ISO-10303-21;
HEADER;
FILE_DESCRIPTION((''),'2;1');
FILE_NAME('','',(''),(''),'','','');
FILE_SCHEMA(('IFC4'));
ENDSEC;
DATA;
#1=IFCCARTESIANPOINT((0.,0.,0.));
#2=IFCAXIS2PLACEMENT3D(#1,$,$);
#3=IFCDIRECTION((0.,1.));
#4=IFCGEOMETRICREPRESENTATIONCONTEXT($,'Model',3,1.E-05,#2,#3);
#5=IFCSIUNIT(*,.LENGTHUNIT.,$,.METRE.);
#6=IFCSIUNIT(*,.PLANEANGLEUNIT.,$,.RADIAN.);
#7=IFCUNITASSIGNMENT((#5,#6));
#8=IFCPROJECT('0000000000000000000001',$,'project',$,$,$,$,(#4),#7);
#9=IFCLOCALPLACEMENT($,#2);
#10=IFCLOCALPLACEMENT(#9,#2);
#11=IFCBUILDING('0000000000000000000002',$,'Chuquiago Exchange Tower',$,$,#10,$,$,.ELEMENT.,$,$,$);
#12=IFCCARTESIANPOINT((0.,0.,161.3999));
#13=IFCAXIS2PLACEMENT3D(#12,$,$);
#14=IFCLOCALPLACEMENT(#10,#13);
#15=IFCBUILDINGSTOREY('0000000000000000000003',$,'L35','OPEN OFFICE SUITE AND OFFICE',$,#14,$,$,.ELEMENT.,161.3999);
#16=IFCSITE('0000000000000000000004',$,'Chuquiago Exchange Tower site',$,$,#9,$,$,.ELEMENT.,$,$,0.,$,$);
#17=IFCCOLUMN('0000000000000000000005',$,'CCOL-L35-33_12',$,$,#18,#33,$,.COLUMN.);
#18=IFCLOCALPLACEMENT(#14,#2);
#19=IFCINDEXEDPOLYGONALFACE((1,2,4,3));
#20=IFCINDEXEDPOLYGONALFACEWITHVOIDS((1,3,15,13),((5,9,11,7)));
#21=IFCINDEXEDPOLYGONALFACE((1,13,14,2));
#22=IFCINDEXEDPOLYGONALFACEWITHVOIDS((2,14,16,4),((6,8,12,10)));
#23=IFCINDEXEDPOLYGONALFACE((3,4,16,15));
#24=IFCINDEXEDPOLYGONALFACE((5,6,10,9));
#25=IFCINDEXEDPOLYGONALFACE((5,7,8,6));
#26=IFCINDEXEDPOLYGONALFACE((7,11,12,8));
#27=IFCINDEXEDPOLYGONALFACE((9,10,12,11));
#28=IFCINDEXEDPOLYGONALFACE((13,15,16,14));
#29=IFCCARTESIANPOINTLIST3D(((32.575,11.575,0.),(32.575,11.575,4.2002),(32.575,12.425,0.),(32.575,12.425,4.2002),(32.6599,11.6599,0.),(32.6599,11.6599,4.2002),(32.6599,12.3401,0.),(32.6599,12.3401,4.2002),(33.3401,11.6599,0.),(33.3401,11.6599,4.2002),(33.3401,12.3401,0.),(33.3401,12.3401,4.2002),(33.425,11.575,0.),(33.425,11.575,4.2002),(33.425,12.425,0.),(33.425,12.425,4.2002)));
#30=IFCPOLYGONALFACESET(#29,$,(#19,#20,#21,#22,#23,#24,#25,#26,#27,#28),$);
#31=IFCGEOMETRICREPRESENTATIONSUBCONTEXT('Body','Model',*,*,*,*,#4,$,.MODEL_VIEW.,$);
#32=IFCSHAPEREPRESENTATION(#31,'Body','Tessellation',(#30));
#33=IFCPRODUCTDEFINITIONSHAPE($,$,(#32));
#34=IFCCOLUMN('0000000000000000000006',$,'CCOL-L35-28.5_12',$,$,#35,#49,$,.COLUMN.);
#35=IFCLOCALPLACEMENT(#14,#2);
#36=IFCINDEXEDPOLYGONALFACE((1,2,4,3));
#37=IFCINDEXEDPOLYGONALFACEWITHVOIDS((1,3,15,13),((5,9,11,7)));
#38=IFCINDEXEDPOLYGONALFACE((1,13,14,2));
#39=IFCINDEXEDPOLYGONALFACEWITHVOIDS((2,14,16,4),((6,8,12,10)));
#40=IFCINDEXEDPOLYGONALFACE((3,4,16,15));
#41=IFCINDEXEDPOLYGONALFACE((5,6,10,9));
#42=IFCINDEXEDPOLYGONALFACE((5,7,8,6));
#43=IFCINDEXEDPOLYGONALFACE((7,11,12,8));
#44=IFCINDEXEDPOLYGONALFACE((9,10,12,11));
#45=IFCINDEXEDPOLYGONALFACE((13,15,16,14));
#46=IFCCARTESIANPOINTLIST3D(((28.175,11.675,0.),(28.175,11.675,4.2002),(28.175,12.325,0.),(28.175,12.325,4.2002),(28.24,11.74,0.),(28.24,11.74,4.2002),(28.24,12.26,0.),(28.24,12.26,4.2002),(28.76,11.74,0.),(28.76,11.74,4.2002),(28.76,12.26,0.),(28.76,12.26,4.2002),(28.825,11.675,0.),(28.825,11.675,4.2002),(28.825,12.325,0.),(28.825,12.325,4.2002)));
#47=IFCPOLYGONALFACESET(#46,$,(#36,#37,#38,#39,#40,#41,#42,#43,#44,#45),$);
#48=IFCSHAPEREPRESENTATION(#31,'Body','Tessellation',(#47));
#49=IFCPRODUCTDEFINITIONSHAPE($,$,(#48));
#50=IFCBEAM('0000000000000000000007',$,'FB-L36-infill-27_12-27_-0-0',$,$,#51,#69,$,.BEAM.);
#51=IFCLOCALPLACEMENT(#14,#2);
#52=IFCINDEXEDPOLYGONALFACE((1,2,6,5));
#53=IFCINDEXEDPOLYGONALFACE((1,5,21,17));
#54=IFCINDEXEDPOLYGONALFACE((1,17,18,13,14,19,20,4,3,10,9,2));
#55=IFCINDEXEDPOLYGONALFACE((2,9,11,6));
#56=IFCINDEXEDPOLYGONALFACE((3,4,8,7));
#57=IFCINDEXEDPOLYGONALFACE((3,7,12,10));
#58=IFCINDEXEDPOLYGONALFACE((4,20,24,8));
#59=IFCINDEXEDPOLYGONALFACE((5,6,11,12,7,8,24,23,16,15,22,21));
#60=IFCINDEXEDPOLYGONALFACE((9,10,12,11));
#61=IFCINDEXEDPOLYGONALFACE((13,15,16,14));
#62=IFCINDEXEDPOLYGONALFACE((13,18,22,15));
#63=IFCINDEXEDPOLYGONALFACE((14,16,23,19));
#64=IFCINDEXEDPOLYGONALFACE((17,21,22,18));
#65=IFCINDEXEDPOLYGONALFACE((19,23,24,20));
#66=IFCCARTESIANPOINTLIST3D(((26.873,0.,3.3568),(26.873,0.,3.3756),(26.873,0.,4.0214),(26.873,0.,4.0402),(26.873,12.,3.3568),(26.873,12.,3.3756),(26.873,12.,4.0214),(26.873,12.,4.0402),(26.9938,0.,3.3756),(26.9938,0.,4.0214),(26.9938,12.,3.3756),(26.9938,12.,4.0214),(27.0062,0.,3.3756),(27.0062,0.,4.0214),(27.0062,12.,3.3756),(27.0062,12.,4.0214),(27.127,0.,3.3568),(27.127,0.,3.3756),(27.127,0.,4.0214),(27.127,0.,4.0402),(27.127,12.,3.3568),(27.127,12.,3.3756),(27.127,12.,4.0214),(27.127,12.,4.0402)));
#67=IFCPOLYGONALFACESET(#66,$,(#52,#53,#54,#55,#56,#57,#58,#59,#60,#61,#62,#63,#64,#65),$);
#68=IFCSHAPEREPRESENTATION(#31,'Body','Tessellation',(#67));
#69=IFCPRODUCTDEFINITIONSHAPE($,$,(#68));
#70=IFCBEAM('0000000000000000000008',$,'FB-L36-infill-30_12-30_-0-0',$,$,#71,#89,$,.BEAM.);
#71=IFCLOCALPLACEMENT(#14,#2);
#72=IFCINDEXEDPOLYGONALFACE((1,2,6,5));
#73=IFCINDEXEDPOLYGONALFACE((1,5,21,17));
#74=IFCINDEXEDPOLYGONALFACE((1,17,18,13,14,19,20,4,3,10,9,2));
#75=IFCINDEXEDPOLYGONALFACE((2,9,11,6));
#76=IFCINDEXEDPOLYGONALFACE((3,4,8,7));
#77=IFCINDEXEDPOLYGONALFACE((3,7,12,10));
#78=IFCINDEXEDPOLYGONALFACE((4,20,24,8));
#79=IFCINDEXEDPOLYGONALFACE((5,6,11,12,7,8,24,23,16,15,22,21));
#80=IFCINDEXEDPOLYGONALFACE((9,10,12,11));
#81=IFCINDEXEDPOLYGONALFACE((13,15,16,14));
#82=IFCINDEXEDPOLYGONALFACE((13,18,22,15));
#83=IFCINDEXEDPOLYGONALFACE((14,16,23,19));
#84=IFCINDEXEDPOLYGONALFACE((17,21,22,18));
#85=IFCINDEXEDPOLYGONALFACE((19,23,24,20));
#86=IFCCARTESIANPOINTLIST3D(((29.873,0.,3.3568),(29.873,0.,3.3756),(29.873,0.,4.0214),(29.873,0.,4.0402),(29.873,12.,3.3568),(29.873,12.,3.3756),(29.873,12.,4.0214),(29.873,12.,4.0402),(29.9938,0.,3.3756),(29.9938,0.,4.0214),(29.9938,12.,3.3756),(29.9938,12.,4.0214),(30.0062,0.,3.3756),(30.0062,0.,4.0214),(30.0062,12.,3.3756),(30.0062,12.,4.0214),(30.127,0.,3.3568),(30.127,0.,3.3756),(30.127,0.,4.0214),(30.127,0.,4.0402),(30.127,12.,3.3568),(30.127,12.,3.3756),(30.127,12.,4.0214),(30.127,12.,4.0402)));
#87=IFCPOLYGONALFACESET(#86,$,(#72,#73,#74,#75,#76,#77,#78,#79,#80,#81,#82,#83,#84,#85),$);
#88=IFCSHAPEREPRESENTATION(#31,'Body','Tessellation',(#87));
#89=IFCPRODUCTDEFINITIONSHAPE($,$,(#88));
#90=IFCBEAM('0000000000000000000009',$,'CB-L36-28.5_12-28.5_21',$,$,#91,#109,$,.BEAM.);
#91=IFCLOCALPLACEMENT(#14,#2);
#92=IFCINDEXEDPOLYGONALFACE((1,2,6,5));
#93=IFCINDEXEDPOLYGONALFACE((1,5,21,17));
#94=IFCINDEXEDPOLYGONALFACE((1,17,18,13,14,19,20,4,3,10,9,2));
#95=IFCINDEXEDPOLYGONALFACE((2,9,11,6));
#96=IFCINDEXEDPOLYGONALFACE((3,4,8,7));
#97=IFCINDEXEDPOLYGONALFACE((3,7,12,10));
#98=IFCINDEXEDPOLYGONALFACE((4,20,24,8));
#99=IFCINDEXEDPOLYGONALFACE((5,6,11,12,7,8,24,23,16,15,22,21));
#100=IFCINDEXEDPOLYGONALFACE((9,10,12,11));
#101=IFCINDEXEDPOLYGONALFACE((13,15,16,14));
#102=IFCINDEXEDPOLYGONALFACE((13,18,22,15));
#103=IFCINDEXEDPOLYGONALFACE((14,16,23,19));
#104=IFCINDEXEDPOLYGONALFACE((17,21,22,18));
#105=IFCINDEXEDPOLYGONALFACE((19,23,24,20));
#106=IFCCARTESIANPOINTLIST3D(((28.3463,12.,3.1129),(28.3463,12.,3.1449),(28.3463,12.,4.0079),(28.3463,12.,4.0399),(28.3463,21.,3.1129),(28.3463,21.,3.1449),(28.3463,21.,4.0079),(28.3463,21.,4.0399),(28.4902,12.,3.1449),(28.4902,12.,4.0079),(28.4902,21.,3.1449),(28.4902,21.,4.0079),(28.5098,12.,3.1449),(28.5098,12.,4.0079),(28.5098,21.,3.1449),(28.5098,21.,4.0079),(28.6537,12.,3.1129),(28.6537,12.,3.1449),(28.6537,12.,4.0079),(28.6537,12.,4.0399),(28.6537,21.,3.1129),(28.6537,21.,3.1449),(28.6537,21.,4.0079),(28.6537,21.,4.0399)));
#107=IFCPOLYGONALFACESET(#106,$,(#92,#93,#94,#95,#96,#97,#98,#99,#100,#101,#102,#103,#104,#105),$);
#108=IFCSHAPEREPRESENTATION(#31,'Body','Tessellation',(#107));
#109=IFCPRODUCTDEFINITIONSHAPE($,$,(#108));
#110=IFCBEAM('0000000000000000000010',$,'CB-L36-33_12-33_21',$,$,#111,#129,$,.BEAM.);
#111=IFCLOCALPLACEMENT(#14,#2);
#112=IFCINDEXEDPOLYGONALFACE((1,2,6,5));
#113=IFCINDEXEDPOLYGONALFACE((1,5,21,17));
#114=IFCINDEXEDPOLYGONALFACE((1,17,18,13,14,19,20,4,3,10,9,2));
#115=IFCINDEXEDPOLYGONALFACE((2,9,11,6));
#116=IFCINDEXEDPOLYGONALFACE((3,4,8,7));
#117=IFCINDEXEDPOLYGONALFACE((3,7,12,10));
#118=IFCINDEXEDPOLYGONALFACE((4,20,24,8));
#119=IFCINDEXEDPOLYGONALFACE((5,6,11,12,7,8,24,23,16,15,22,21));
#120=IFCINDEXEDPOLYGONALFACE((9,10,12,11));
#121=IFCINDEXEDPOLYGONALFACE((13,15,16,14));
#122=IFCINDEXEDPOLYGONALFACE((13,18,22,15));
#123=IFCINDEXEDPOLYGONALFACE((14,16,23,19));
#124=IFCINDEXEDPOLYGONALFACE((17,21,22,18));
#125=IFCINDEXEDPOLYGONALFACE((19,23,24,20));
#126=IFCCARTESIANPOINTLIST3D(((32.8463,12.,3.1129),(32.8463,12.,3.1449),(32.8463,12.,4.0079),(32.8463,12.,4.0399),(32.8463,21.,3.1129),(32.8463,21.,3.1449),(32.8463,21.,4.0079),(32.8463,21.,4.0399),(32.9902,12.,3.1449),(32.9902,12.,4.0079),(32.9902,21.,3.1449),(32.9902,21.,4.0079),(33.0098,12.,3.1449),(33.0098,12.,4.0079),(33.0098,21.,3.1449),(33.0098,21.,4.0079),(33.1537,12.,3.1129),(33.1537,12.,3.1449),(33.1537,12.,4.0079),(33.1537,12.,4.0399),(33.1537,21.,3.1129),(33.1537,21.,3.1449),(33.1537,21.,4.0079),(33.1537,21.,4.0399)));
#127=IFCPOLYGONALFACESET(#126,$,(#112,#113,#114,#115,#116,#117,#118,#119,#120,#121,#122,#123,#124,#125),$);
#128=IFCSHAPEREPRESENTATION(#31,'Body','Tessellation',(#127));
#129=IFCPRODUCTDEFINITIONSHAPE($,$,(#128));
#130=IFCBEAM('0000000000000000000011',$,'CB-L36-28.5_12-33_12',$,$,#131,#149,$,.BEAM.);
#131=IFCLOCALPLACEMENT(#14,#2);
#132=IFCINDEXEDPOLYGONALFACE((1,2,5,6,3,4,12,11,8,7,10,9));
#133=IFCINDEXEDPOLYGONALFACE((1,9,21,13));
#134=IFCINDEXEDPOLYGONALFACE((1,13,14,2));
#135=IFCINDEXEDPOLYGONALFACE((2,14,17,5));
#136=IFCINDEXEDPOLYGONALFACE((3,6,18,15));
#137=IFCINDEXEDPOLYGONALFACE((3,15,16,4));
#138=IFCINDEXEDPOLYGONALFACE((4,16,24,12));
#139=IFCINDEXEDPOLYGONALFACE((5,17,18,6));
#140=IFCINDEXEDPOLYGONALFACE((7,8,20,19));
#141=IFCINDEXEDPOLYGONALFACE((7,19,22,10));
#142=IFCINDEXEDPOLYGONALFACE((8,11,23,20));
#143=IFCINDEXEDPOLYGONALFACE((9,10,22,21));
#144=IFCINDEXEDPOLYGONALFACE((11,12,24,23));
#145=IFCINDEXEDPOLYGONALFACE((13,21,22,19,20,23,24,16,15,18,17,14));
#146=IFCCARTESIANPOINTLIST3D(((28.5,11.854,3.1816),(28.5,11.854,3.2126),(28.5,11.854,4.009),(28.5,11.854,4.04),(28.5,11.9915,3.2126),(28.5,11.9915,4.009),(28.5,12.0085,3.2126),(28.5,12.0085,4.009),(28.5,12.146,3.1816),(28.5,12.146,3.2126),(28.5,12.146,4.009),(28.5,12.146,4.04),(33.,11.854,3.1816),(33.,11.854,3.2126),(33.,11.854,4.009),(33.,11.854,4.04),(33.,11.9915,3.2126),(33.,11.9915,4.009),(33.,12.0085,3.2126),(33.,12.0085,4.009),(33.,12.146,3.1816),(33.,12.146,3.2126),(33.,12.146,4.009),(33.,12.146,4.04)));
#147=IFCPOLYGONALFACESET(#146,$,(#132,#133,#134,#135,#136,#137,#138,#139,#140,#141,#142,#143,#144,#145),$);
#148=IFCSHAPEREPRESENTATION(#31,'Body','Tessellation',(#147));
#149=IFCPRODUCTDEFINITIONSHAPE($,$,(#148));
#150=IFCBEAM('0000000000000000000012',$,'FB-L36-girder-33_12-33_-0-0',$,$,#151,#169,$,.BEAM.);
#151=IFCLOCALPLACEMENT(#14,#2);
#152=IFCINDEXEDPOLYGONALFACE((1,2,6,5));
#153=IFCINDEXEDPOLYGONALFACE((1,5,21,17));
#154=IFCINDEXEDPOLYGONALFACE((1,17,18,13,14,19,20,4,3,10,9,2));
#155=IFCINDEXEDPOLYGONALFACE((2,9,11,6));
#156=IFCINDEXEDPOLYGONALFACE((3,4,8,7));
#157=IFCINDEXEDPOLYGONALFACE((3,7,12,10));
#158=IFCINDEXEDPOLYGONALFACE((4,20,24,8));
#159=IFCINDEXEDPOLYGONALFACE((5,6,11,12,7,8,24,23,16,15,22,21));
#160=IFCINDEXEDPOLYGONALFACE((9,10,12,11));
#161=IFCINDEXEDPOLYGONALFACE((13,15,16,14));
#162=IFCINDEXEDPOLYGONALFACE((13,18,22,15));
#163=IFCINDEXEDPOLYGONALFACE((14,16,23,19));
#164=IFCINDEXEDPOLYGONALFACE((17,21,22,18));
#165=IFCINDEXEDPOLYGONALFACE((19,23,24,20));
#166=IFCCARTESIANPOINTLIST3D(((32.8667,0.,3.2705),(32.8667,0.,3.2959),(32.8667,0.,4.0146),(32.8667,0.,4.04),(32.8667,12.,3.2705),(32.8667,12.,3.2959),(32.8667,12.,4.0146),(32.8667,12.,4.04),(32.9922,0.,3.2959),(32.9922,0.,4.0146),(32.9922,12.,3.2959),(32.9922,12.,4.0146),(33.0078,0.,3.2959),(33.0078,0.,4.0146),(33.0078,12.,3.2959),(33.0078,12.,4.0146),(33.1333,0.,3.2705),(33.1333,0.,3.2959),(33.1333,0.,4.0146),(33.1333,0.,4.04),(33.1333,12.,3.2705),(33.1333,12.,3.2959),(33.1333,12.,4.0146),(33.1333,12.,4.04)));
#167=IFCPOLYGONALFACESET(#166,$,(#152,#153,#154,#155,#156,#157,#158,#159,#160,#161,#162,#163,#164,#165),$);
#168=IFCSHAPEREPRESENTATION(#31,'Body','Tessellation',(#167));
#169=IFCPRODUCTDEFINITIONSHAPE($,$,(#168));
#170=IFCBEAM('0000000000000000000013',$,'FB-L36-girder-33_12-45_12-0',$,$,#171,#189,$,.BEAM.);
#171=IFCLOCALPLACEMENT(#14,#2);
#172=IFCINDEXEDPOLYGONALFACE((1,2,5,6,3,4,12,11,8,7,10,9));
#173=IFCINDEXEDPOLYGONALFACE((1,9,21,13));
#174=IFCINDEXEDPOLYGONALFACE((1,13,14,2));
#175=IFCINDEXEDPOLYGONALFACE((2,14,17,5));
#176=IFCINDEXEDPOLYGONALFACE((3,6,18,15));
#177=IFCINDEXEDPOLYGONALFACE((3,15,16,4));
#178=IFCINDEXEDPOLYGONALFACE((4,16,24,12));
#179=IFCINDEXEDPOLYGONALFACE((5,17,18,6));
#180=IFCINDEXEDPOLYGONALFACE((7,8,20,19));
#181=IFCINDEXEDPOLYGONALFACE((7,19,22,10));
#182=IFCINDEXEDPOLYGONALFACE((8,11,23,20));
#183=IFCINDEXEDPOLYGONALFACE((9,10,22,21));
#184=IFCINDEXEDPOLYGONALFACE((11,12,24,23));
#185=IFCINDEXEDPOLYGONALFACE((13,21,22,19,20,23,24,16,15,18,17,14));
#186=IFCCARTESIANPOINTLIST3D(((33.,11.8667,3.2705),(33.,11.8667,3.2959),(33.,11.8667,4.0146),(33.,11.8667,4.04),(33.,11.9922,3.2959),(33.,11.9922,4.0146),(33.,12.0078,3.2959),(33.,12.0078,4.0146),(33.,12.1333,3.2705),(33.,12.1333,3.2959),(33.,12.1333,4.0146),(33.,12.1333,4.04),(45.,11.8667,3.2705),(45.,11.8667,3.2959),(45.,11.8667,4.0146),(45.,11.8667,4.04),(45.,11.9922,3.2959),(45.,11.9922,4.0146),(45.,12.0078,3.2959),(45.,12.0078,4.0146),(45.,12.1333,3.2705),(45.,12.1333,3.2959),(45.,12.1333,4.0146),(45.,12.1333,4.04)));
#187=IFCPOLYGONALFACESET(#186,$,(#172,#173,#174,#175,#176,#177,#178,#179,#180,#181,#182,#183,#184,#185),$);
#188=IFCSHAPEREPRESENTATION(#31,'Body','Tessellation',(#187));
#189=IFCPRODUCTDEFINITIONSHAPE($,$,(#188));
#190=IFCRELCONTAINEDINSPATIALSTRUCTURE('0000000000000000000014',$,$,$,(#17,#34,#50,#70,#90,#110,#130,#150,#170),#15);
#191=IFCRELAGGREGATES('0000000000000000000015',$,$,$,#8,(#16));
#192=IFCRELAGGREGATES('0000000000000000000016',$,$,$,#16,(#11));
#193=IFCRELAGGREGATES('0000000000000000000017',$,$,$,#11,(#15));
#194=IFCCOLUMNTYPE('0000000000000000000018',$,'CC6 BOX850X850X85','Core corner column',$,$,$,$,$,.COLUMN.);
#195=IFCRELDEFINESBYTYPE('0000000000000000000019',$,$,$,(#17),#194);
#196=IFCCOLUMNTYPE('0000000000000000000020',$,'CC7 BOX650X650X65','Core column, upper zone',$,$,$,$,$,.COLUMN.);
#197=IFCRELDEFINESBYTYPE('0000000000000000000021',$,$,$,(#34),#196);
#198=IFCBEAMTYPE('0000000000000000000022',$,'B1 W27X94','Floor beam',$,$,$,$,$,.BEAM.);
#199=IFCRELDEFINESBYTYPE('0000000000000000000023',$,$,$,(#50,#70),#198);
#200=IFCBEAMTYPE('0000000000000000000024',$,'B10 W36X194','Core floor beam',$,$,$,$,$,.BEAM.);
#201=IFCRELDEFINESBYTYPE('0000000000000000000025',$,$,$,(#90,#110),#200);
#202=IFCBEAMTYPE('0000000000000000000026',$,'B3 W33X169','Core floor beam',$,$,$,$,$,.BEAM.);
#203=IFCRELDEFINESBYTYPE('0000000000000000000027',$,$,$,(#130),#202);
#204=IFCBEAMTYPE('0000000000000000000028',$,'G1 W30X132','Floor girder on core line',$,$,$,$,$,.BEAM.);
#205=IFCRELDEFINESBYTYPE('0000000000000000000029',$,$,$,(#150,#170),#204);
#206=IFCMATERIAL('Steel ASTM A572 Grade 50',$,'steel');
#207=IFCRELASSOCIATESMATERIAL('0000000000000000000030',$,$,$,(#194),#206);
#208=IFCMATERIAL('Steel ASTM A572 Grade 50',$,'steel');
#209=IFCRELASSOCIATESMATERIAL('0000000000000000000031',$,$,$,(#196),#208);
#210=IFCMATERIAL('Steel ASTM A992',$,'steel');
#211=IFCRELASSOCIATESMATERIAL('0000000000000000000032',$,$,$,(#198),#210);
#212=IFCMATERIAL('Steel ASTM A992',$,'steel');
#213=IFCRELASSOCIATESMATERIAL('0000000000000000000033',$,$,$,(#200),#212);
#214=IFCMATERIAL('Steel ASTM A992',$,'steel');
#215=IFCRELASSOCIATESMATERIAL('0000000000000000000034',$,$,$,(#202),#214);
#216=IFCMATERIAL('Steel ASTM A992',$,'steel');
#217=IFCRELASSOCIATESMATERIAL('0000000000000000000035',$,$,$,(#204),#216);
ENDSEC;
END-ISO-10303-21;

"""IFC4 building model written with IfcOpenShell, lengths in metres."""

from ifc_helpers import new_model, si_unit, direction, frame, origin, origin_2d, place, context, subcontext, project, spatial, hollow_rectangle, i_section, extrude, material, material_profile, profile_set, type_object, element, save


model = new_model("IFC4")

# Units and contexts
model_context = context("Model", 3, precision=1e-05, world=origin(), true_north=direction((0.0, 1.0)))
body_context = subcontext(model_context, "Body", "Model", "MODEL_VIEW")
ifc_project = project(units=[si_unit("LENGTHUNIT", "METRE"), si_unit("PLANEANGLEUNIT", "RADIAN")], contexts=[model_context])

# Site, building, storey
site_placement = place(None, origin())
site = spatial("IfcSite", under=ifc_project, at=site_placement, Name="Chuquiago Exchange Tower site", CompositionType="ELEMENT", RefElevation=0.0)
building_placement = place(site_placement, origin())
building = spatial("IfcBuilding", under=site, at=building_placement, Name="Chuquiago Exchange Tower", CompositionType="ELEMENT")
storey_placement = place(building_placement, frame((0.0, 0.0, 161.3999)))
storey = spatial("IfcBuildingStorey", under=building, at=storey_placement, Name="L35", Description="OPEN OFFICE SUITE AND OFFICE", CompositionType="ELEMENT", Elevation=161.3999)

# Columns
ifc_material_1 = material(Name="Steel ASTM A572 Grade 50", Category="steel")
ifc_material_profile_1 = material_profile(ifc_material_1, hollow_rectangle(XDim=0.8501, YDim=0.8501, WallThickness=0.085, at=origin_2d()), Name="BOX850X850X85")
ifc_profile_set_1 = profile_set([ifc_material_profile_1], Name="Steel ASTM A572 Grade 50")
column_type_1 = type_object("IfcColumnType", Name="CC6 BOX850X850X85", Description="Core corner column", PredefinedType="COLUMN", material=ifc_profile_set_1)
column_1_placement = place(storey_placement, frame((33.0, 12.0, 0.0), z_axis=(0.0, 0.0, 1.0), x_axis=(1.0, 0.0, 0.0)))
element("IfcColumn", 1, at=column_1_placement, inside=storey, type_object=column_type_1, Name="CCOL-L35-33_12", PredefinedType="COLUMN", context=body_context, shape_type="SweptSolid", body=[
    extrude(hollow_rectangle(XDim=0.8501, YDim=0.8501, WallThickness=0.085, at=origin_2d()), origin(), (0.0, 0.0, 1.0), 4.2002),
])
ifc_material_2 = material(Name="Steel ASTM A572 Grade 50", Category="steel")
ifc_material_profile_2 = material_profile(ifc_material_2, hollow_rectangle(XDim=0.6499, YDim=0.6499, WallThickness=0.0649, at=origin_2d()), Name="BOX650X650X65")
ifc_profile_set_2 = profile_set([ifc_material_profile_2], Name="Steel ASTM A572 Grade 50")
column_type_2 = type_object("IfcColumnType", Name="CC7 BOX650X650X65", Description="Core column, upper zone", PredefinedType="COLUMN", material=ifc_profile_set_2)
column_2_placement = place(storey_placement, frame((28.5, 12.0, 0.0), z_axis=(0.0, 0.0, 1.0), x_axis=(1.0, 0.0, 0.0)))
element("IfcColumn", 2, at=column_2_placement, inside=storey, type_object=column_type_2, Name="CCOL-L35-28.5_12", PredefinedType="COLUMN", context=body_context, shape_type="SweptSolid", body=[
    extrude(hollow_rectangle(XDim=0.6499, YDim=0.6499, WallThickness=0.0649, at=origin_2d()), origin(), (0.0, 0.0, 1.0), 4.2002),
])

# Beams
ifc_material_3 = material(Name="Steel ASTM A992", Category="steel")
ifc_material_profile_3 = material_profile(ifc_material_3, i_section(OverallWidth=0.2539, OverallDepth=0.6833, WebThickness=0.0125, FlangeThickness=0.0188, at=origin_2d()), Name="W27X94")
ifc_profile_set_3 = profile_set([ifc_material_profile_3], Name="Steel ASTM A992")
beam_type_1 = type_object("IfcBeamType", Name="B1 W27X94", Description="Floor beam", PredefinedType="BEAM", material=ifc_profile_set_3)
for number, where, z_axis, x_axis, name in (
    (3, (27.0, 12.0, 3.6985), (0.0, -1.0, 0.0), (1.0, 0.0, 0.0), "FB-L36-infill-27_12-27_-0-0"),
    (4, (30.0, 12.0, 3.6985), (0.0, -1.0, 0.0), (1.0, 0.0, 0.0), "FB-L36-infill-30_12-30_-0-0"),
):
    element("IfcBeam", number, at=place(storey_placement, frame(where, z_axis=z_axis, x_axis=x_axis)), inside=storey, type_object=beam_type_1, Name=name, PredefinedType="BEAM", context=body_context, shape_type="SweptSolid", body=[
        extrude(i_section(OverallWidth=0.2539, OverallDepth=0.6833, WebThickness=0.0125, FlangeThickness=0.0188, at=origin_2d()), origin(), (0.0, 0.0, 1.0), 12.0),
    ])
ifc_material_4 = material(Name="Steel ASTM A992", Category="steel")
ifc_material_profile_4 = material_profile(ifc_material_4, i_section(OverallWidth=0.3074, OverallDepth=0.927, WebThickness=0.0195, FlangeThickness=0.032, at=origin_2d()), Name="W36X194")
ifc_profile_set_4 = profile_set([ifc_material_profile_4], Name="Steel ASTM A992")
beam_type_2 = type_object("IfcBeamType", Name="B10 W36X194", Description="Core floor beam", PredefinedType="BEAM", material=ifc_profile_set_4)
for number, where, z_axis, x_axis, name in (
    (5, (28.5, 12.0, 3.5764), (0.0, 1.0, 0.0), (-1.0, 0.0, 0.0), "CB-L36-28.5_12-28.5_21"),
    (6, (33.0, 12.0, 3.5764), (0.0, 1.0, 0.0), (-1.0, 0.0, 0.0), "CB-L36-33_12-33_21"),
):
    element("IfcBeam", number, at=place(storey_placement, frame(where, z_axis=z_axis, x_axis=x_axis)), inside=storey, type_object=beam_type_2, Name=name, PredefinedType="BEAM", context=body_context, shape_type="SweptSolid", body=[
        extrude(i_section(OverallWidth=0.3074, OverallDepth=0.927, WebThickness=0.0195, FlangeThickness=0.032, at=origin_2d()), origin(), (0.0, 0.0, 1.0), 9.0),
    ])
ifc_material_5 = material(Name="Steel ASTM A992", Category="steel")
ifc_material_profile_5 = material_profile(ifc_material_5, i_section(OverallWidth=0.292, OverallDepth=0.8584, WebThickness=0.0171, FlangeThickness=0.031, at=origin_2d()), Name="W33X169")
ifc_profile_set_5 = profile_set([ifc_material_profile_5], Name="Steel ASTM A992")
beam_type_3 = type_object("IfcBeamType", Name="B3 W33X169", Description="Core floor beam", PredefinedType="BEAM", material=ifc_profile_set_5)
beam_placement = place(storey_placement, frame((28.5, 12.0, 3.6108), z_axis=(1.0, 0.0, 0.0), x_axis=(0.0, 1.0, 0.0)))
element("IfcBeam", 7, at=beam_placement, inside=storey, type_object=beam_type_3, Name="CB-L36-28.5_12-33_12", PredefinedType="BEAM", context=body_context, shape_type="SweptSolid", body=[
    extrude(i_section(OverallWidth=0.292, OverallDepth=0.8584, WebThickness=0.0171, FlangeThickness=0.031, at=origin_2d()), origin(), (0.0, 0.0, 1.0), 4.5),
])
ifc_material_6 = material(Name="Steel ASTM A992", Category="steel")
ifc_material_profile_6 = material_profile(ifc_material_6, i_section(OverallWidth=0.2666, OverallDepth=0.7695, WebThickness=0.0156, FlangeThickness=0.0254, at=origin_2d()), Name="W30X132")
ifc_profile_set_6 = profile_set([ifc_material_profile_6], Name="Steel ASTM A992")
beam_type_4 = type_object("IfcBeamType", Name="G1 W30X132", Description="Floor girder on core line", PredefinedType="BEAM", material=ifc_profile_set_6)
for number, where, z_axis, x_axis, name in (
    (8, (33.0, 12.0, 3.6553), (0.0, -1.0, 0.0), (1.0, 0.0, 0.0), "FB-L36-girder-33_12-33_-0-0"),
    (9, (33.0, 12.0, 3.6553), (1.0, 0.0, 0.0), (0.0, 1.0, 0.0), "FB-L36-girder-33_12-45_12-0"),
):
    element("IfcBeam", number, at=place(storey_placement, frame(where, z_axis=z_axis, x_axis=x_axis)), inside=storey, type_object=beam_type_4, Name=name, PredefinedType="BEAM", context=body_context, shape_type="SweptSolid", body=[
        extrude(i_section(OverallWidth=0.2666, OverallDepth=0.7695, WebThickness=0.0156, FlangeThickness=0.0254, at=origin_2d()), origin(), (0.0, 0.0, 1.0), 12.0),
    ])

save(model, "model.ifc")
